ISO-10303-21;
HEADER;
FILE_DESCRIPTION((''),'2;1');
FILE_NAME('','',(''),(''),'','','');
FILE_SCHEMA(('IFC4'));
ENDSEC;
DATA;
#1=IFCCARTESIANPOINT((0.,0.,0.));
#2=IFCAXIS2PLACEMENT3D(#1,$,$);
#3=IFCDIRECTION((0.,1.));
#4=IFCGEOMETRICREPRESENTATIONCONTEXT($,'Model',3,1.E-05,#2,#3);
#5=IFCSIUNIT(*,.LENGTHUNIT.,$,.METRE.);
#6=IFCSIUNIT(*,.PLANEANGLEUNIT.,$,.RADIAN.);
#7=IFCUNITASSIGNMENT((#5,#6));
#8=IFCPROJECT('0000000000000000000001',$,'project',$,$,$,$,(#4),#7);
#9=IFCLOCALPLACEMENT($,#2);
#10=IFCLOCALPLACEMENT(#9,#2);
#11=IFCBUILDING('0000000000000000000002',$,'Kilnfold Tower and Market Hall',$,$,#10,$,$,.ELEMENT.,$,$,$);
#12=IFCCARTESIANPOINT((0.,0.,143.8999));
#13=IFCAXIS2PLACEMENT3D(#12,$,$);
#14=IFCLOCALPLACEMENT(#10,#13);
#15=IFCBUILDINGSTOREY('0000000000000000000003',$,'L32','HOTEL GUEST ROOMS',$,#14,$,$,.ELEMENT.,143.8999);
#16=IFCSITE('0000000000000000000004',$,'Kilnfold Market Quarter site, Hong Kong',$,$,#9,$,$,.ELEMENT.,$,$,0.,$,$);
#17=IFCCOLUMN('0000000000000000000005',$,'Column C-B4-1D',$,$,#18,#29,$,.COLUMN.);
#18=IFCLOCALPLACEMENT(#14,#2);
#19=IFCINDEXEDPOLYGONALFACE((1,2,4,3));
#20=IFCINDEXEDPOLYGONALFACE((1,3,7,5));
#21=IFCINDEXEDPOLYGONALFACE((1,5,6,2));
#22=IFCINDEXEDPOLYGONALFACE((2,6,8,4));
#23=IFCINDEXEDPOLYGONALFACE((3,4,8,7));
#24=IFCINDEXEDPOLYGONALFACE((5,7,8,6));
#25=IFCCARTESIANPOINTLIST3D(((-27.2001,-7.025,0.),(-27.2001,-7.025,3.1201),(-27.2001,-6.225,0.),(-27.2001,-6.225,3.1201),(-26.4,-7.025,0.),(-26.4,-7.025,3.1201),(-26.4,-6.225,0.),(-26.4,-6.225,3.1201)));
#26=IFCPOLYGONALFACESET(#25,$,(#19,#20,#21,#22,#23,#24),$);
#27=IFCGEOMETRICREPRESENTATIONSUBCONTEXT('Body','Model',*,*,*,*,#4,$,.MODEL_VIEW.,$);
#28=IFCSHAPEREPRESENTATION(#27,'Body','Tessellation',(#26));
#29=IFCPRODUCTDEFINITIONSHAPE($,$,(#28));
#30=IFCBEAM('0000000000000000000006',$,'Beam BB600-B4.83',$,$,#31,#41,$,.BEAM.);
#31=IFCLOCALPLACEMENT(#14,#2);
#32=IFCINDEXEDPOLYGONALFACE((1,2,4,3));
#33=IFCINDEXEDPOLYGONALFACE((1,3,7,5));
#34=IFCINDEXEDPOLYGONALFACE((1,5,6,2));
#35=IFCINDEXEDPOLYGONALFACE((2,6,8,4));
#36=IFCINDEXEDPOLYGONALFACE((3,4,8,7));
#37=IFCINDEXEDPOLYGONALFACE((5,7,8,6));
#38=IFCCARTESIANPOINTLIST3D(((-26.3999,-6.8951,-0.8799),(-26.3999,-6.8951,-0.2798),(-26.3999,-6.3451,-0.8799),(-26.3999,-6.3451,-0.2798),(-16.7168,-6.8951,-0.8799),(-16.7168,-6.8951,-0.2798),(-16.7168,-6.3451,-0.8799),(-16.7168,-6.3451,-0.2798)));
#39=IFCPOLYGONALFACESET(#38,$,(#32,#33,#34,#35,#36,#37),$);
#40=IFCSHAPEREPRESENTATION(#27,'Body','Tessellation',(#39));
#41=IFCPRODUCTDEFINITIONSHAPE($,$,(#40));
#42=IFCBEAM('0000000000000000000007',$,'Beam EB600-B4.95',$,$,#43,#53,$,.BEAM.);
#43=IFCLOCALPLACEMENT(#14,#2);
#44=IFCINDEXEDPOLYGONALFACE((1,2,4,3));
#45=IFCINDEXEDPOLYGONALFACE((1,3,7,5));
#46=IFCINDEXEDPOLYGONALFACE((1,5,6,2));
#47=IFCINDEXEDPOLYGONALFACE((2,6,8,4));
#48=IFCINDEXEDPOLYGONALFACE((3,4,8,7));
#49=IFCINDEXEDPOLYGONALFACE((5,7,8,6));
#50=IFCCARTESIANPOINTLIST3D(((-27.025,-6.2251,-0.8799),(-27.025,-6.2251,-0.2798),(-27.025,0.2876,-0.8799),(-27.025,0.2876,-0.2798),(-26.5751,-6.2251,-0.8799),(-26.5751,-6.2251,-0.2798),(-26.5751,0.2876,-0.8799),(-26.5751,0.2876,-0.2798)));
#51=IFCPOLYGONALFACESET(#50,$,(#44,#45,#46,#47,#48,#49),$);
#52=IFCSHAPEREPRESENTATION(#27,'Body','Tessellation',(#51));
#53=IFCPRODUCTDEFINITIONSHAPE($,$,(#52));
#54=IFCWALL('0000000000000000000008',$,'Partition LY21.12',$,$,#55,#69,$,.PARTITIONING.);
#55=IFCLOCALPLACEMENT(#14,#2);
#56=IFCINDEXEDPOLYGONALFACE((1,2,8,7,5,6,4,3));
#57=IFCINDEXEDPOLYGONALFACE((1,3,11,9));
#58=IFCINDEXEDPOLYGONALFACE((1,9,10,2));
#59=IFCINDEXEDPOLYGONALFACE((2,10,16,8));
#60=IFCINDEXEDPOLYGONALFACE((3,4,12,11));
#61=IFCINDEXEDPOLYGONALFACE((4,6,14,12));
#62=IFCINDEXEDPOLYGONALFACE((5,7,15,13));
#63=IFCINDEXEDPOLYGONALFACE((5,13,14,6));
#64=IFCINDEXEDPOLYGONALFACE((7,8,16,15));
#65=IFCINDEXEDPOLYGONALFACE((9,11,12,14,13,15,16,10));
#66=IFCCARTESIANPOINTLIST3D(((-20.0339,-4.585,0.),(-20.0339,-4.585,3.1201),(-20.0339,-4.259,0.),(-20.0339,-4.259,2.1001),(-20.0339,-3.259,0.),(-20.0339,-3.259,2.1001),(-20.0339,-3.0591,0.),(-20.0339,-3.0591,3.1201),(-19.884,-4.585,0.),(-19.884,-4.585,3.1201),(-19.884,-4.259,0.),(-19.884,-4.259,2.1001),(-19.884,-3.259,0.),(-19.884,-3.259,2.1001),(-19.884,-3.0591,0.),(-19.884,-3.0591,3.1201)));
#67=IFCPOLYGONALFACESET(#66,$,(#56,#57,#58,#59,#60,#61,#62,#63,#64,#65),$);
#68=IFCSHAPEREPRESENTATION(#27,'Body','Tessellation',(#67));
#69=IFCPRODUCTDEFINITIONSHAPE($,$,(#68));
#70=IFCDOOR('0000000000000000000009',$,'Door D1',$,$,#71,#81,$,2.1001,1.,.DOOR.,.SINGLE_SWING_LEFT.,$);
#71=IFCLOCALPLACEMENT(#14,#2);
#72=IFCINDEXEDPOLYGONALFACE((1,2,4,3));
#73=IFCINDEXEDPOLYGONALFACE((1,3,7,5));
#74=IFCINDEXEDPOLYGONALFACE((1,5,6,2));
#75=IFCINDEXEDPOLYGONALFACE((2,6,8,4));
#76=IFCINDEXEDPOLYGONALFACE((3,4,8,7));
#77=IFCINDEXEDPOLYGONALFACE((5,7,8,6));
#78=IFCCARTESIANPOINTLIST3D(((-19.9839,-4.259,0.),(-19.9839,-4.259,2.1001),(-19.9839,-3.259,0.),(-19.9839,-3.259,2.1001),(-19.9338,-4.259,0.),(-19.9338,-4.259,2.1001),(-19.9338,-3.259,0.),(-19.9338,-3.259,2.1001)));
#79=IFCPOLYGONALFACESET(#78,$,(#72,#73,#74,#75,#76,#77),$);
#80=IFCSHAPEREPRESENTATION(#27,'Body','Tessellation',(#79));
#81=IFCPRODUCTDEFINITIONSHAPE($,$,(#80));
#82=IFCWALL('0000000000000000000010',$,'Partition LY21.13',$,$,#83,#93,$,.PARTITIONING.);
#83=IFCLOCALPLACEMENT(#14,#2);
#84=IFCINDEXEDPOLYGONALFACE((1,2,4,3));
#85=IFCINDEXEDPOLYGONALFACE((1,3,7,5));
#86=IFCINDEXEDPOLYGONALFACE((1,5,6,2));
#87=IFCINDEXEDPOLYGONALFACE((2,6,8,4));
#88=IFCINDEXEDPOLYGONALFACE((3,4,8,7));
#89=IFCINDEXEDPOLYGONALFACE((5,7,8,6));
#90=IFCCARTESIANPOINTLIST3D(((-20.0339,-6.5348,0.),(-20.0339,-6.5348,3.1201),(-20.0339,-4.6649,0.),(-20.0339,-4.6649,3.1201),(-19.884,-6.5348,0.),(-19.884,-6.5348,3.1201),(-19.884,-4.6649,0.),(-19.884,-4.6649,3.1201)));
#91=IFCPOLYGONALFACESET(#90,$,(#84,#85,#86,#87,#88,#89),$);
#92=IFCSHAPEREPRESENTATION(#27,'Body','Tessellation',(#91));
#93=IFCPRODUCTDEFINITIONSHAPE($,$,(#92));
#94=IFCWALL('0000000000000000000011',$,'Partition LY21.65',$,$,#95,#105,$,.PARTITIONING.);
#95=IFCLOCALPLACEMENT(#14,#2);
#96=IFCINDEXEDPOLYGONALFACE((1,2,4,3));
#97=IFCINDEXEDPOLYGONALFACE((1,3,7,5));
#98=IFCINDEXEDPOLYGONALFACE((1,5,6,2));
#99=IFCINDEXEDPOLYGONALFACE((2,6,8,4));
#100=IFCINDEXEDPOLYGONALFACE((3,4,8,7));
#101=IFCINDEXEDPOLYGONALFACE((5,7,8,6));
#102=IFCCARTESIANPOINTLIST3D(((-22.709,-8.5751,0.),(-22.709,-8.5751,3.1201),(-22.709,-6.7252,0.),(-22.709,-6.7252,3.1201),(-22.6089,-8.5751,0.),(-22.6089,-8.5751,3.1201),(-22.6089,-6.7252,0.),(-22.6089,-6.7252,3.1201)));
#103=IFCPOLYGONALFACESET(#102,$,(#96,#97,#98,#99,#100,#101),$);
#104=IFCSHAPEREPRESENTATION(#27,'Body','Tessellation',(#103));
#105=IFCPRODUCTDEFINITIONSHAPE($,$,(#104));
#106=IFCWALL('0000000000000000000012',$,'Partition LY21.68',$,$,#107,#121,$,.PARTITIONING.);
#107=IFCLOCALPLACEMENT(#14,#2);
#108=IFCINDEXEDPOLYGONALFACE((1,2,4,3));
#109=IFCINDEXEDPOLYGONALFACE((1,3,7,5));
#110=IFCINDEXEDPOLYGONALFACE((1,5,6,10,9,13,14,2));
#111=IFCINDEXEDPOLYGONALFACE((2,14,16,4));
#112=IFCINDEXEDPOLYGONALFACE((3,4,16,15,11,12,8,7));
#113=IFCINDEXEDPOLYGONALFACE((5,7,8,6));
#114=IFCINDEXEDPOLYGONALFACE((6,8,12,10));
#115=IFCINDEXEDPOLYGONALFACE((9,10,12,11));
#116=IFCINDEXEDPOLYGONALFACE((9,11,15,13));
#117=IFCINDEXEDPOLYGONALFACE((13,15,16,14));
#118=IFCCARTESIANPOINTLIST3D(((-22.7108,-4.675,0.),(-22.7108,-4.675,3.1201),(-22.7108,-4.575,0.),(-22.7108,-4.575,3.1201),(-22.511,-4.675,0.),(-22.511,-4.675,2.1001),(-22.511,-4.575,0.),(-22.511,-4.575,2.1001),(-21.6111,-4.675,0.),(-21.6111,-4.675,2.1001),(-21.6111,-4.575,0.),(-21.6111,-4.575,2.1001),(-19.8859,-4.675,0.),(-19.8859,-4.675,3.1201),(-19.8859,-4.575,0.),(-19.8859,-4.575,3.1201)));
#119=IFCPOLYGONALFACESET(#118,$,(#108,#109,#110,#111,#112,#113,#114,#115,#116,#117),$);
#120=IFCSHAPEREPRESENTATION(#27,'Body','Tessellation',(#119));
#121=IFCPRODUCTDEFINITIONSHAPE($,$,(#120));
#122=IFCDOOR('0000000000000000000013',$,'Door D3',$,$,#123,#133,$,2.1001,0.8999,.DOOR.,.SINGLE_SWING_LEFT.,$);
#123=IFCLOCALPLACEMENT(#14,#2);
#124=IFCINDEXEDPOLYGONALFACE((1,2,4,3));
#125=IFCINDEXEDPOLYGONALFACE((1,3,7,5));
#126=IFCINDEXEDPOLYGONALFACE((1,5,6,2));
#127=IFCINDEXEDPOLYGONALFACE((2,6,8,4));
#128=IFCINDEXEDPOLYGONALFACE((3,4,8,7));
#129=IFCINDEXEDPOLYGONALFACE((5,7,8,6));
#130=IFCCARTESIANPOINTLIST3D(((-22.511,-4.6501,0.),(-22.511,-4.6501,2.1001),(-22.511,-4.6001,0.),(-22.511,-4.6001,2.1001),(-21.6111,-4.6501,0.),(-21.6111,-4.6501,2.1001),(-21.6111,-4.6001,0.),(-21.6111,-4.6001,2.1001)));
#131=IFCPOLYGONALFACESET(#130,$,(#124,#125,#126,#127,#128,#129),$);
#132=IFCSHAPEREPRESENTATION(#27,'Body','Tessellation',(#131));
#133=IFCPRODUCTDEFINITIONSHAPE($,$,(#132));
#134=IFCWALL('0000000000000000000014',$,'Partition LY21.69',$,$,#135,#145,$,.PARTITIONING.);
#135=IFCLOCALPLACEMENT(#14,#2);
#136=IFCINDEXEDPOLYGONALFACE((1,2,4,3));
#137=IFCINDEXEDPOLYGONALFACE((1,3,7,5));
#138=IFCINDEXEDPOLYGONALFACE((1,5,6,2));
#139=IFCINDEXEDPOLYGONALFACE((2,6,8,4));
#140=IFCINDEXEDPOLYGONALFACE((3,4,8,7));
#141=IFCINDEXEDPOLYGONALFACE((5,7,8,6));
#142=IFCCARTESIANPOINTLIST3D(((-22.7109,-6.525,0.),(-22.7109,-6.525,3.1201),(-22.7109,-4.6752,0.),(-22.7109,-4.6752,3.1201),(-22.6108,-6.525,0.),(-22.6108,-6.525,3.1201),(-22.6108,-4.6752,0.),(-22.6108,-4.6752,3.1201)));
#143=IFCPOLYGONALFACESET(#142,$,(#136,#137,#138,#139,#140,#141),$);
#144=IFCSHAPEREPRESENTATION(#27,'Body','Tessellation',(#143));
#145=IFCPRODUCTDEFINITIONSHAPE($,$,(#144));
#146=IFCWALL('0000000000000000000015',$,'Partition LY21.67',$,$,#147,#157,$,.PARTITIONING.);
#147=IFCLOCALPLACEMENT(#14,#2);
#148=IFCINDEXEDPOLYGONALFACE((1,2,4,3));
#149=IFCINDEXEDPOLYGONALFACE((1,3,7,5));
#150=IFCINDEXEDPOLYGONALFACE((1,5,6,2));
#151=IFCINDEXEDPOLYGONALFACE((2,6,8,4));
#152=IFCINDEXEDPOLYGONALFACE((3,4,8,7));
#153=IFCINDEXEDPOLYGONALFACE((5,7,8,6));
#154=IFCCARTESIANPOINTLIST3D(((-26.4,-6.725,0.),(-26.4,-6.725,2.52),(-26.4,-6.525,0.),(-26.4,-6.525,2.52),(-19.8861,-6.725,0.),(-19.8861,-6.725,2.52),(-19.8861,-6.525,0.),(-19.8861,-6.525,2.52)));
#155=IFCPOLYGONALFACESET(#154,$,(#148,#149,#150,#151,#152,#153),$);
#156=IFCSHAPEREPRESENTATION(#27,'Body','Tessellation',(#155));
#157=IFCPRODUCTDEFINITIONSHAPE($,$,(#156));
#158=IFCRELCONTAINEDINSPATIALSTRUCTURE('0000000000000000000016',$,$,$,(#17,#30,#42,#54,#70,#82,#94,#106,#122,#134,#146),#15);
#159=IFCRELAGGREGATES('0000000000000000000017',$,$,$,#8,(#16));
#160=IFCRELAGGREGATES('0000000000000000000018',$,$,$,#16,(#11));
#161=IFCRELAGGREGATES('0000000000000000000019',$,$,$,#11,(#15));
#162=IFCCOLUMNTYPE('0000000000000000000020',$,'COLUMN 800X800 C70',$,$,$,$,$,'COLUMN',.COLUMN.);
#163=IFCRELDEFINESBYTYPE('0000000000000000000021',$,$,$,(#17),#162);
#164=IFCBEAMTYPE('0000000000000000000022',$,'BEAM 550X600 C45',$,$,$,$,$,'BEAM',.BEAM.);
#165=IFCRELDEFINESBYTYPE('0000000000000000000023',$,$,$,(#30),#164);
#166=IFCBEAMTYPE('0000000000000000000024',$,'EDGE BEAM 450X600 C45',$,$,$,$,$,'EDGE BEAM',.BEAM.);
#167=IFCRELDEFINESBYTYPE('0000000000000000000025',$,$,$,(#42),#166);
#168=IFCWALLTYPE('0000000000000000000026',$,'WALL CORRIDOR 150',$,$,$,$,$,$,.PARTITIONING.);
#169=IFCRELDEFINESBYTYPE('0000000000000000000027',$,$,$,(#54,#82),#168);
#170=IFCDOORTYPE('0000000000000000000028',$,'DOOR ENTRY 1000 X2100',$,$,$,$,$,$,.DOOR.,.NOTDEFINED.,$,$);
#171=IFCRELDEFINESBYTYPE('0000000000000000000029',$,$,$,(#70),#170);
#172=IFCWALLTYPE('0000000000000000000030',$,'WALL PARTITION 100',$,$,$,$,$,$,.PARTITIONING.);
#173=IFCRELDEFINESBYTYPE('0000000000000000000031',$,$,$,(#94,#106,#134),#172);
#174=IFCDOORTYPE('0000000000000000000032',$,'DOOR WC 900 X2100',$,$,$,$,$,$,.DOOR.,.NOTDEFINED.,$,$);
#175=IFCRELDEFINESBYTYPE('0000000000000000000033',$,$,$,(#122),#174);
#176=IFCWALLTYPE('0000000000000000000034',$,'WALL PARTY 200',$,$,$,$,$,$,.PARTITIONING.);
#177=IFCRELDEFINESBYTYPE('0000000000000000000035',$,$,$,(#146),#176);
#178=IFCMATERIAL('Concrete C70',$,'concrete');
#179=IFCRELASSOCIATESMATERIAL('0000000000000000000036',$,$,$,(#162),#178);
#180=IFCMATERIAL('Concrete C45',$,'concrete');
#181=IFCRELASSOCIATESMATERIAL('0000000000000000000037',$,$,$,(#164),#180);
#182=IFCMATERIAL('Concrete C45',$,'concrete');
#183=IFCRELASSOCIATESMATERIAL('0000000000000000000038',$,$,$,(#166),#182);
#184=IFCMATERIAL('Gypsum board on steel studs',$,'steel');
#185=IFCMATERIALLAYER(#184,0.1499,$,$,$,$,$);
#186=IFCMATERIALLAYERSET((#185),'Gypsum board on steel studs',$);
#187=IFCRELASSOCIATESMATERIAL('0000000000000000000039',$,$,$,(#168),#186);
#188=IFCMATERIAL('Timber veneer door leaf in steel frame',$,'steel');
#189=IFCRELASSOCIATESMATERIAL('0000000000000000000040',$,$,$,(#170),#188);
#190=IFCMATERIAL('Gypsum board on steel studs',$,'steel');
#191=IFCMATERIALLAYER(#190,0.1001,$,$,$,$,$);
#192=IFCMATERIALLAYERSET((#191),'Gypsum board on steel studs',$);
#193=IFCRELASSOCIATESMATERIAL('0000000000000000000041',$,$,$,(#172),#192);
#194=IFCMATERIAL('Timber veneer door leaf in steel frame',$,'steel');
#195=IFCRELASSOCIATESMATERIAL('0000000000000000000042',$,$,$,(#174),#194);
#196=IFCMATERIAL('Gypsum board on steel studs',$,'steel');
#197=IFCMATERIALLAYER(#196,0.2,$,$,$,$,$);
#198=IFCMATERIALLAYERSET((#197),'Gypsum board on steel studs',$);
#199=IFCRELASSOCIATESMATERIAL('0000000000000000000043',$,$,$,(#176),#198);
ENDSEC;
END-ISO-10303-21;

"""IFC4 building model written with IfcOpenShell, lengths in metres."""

from ifc_helpers import new_model, si_unit, direction, frame, frame_2d, origin, origin_2d, place, context, subcontext, project, spatial, rectangle, extrude, source, transform, mapped, material, layer, layer_set, material_profile, profile_set, type_object, element, fill, save


model = new_model("IFC4")

# Units and contexts
model_context = context("Model", 3, precision=1e-05, world=origin(), true_north=direction((0.0, 1.0)))
body_context = subcontext(model_context, "Body", "Model", "MODEL_VIEW")
ifc_project = project(units=[si_unit("LENGTHUNIT", "METRE"), si_unit("PLANEANGLEUNIT", "RADIAN")], contexts=[model_context])

# Site, building, storey
site_placement = place(None, origin())
site = spatial("IfcSite", under=ifc_project, at=site_placement, Name="Kilnfold Market Quarter site, Hong Kong", CompositionType="ELEMENT", RefElevation=0.0)
building_placement = place(site_placement, origin())
building = spatial("IfcBuilding", under=site, at=building_placement, Name="Kilnfold Tower and Market Hall", CompositionType="ELEMENT")
storey_placement = place(building_placement, frame((0.0, 0.0, 143.8999)))
storey = spatial("IfcBuildingStorey", under=building, at=storey_placement, Name="L32", Description="HOTEL GUEST ROOMS", CompositionType="ELEMENT", Elevation=143.8999)

# Column
ifc_material_1 = material(Name="Concrete C70", Category="concrete")
ifc_material_profile_1 = material_profile(ifc_material_1, rectangle(XDim=0.8, YDim=0.8, at=origin_2d()), Name="RC 800x800")
ifc_profile_set_1 = profile_set([ifc_material_profile_1], Name="Concrete C70")
column_type = type_object("IfcColumnType", Name="COLUMN 800X800 C70", ElementType="COLUMN", PredefinedType="COLUMN", material=ifc_profile_set_1)
shared_shape_1 = source(origin(), body_context, "Body", "SweptSolid", [
    extrude(rectangle(XDim=0.8, YDim=0.8, at=origin_2d()), origin(), (0.0, 0.0, 1.0), 3.1201),
])
column_placement = place(storey_placement, frame((-26.8, -6.625, 0.0), z_axis=(0.0, 0.0, 1.0), x_axis=(1.0, 0.0, 0.0)))
element("IfcColumn", 1, at=column_placement, inside=storey, type_object=column_type, Name="Column C-B4-1D", PredefinedType="COLUMN", context=body_context, shape_type="MappedRepresentation", body=[
    mapped(shared_shape_1, transform((0.0, 0.0, 0.0))),
])

# Beams
ifc_material_2 = material(Name="Concrete C45", Category="concrete")
ifc_material_profile_2 = material_profile(ifc_material_2, rectangle(XDim=0.55, YDim=0.6001, at=origin_2d()), Name="RC 550x600")
ifc_profile_set_2 = profile_set([ifc_material_profile_2], Name="Concrete C45")
beam_type_1 = type_object("IfcBeamType", Name="BEAM 550X600 C45", ElementType="BEAM", PredefinedType="BEAM", material=ifc_profile_set_2)
shared_shape_2 = source(origin(), body_context, "Body", "SweptSolid", [
    extrude(rectangle(XDim=0.55, YDim=0.6001, at=origin_2d()), origin(), (0.0, 0.0, 1.0), 9.6831),
])
beam_1_placement = place(storey_placement, frame((-26.3999, -6.6201, -0.5798), z_axis=(1.0, 0.0, 0.0), x_axis=(0.0, 1.0, 0.0)))
element("IfcBeam", 2, at=beam_1_placement, inside=storey, type_object=beam_type_1, Name="Beam BB600-B4.83", PredefinedType="BEAM", context=body_context, shape_type="MappedRepresentation", body=[
    mapped(shared_shape_2, transform((0.0, 0.0, 0.0))),
])
ifc_material_3 = material(Name="Concrete C45", Category="concrete")
ifc_material_profile_3 = material_profile(ifc_material_3, rectangle(XDim=0.45, YDim=0.6001, at=origin_2d()), Name="RC 450x600")
ifc_profile_set_3 = profile_set([ifc_material_profile_3], Name="Concrete C45")
beam_type_2 = type_object("IfcBeamType", Name="EDGE BEAM 450X600 C45", ElementType="EDGE BEAM", PredefinedType="BEAM", material=ifc_profile_set_3)
shared_shape_3 = source(origin(), body_context, "Body", "SweptSolid", [
    extrude(rectangle(XDim=0.45, YDim=0.6001, at=origin_2d()), origin(), (0.0, 0.0, 1.0), 6.5127),
])
beam_2_placement = place(storey_placement, frame((-26.8, -6.2251, -0.5798), z_axis=(0.0, 1.0, 0.0), x_axis=(-1.0, 0.0, 0.0)))
element("IfcBeam", 3, at=beam_2_placement, inside=storey, type_object=beam_type_2, Name="Beam EB600-B4.95", PredefinedType="BEAM", context=body_context, shape_type="MappedRepresentation", body=[
    mapped(shared_shape_3, transform((0.0, 0.0, 0.0))),
])

# Shared definitions
ifc_material_4 = material(Name="Gypsum board on steel studs", Category="steel")
ifc_layer_1 = layer(ifc_material_4, 0.1499)
ifc_layer_set_1 = layer_set([ifc_layer_1], Name="Gypsum board on steel studs")
wall_type_1 = type_object("IfcWallType", Name="WALL CORRIDOR 150", PredefinedType="PARTITIONING", material=ifc_layer_set_1)

# Wall, opening, door
wall_1_placement = place(storey_placement, frame((-19.959, -4.585, 0.0), z_axis=(0.0, 0.0, 1.0), x_axis=(0.0, 1.0, 0.0)))
wall_1 = element("IfcWall", 4, at=wall_1_placement, inside=storey, type_object=wall_type_1, Name="Partition LY21.12", PredefinedType="PARTITIONING", context=body_context, shape_type="SweptSolid", body=[
    extrude(rectangle(XDim=1.5259, YDim=0.1499, at=frame_2d((0.7629, 0.0))), origin(), (0.0, 0.0, 1.0), 3.1201),
])
opening_1_placement = place(wall_1_placement, frame((0.3259, 0.0, 0.0)))
opening_1 = element("IfcOpeningElement", 5, at=opening_1_placement, cuts=wall_1, PredefinedType="OPENING", context=body_context, shape_type="SweptSolid", body=[
    extrude(rectangle(XDim=1.0, YDim=2.1001, at=frame_2d((0.5, 1.05))), frame((0.0, 0.085, 0.0), z_axis=(0.0, -1.0, 0.0), x_axis=(1.0, 0.0, 0.0)), (0.0, 0.0, 1.0), 0.1699),
])
ifc_material_5 = material(Name="Timber veneer door leaf in steel frame", Category="steel")
door_type_1 = type_object("IfcDoorType", Name="DOOR ENTRY 1000 X2100", OperationType="NOTDEFINED", PredefinedType="DOOR", material=ifc_material_5)
door_1_placement = place(opening_1_placement, origin())
door_1 = element("IfcDoor", 6, at=door_1_placement, inside=storey, type_object=door_type_1, Name="Door D1", OperationType="SINGLE_SWING_LEFT", OverallHeight=2.1001, OverallWidth=1.0, PredefinedType="DOOR", context=body_context, shape_type="SweptSolid", body=[
    extrude(rectangle(XDim=1.0, YDim=2.1001, at=frame_2d((0.5, 1.05))), frame((0.0, 0.0249, 0.0), z_axis=(0.0, -1.0, 0.0), x_axis=(1.0, 0.0, 0.0)), (0.0, 0.0, 1.0), 0.05),
])
fill(opening_1, door_1)

# Walls
wall_2_placement = place(storey_placement, frame((-19.959, -6.5349, 0.0), z_axis=(0.0, 0.0, 1.0), x_axis=(0.0, 1.0, 0.0)))
element("IfcWall", 7, at=wall_2_placement, inside=storey, type_object=wall_type_1, Name="Partition LY21.13", PredefinedType="PARTITIONING", context=body_context, shape_type="SweptSolid", body=[
    extrude(rectangle(XDim=1.8699, YDim=0.1499, at=frame_2d((0.9351, 0.0))), origin(), (0.0, 0.0, 1.0), 3.1201),
])
ifc_material_6 = material(Name="Gypsum board on steel studs", Category="steel")
ifc_layer_2 = layer(ifc_material_6, 0.1001)
ifc_layer_set_2 = layer_set([ifc_layer_2], Name="Gypsum board on steel studs")
wall_type_2 = type_object("IfcWallType", Name="WALL PARTITION 100", PredefinedType="PARTITIONING", material=ifc_layer_set_2)
wall_3_placement = place(storey_placement, frame((-22.6589, -8.575, 0.0), z_axis=(0.0, 0.0, 1.0), x_axis=(0.0, 1.0, 0.0)))
element("IfcWall", 8, at=wall_3_placement, inside=storey, type_object=wall_type_2, Name="Partition LY21.65", PredefinedType="PARTITIONING", context=body_context, shape_type="SweptSolid", body=[
    extrude(rectangle(XDim=1.8499, YDim=0.1001, at=frame_2d((0.9248, 0.0))), origin(), (0.0, 0.0, 1.0), 3.1201),
])

# Wall, opening, door
wall_4_placement = place(storey_placement, frame((-22.7109, -4.625, 0.0), z_axis=(0.0, 0.0, 1.0), x_axis=(1.0, 0.0, 0.0)))
wall_4 = element("IfcWall", 9, at=wall_4_placement, inside=storey, type_object=wall_type_2, Name="Partition LY21.68", PredefinedType="PARTITIONING", context=body_context, shape_type="SweptSolid", body=[
    extrude(rectangle(XDim=2.825, YDim=0.1001, at=frame_2d((1.4126, 0.0))), origin(), (0.0, 0.0, 1.0), 3.1201),
])
opening_2_placement = place(wall_4_placement, frame((0.2, 0.0, 0.0)))
opening_2 = element("IfcOpeningElement", 10, at=opening_2_placement, cuts=wall_4, PredefinedType="OPENING", context=body_context, shape_type="SweptSolid", body=[
    extrude(rectangle(XDim=0.8999, YDim=2.1001, at=frame_2d((0.45, 1.05))), frame((0.0, 0.0601, 0.0), z_axis=(0.0, -1.0, 0.0), x_axis=(1.0, 0.0, 0.0)), (0.0, 0.0, 1.0), 0.1201),
])
ifc_material_7 = material(Name="Timber veneer door leaf in steel frame", Category="steel")
door_type_2 = type_object("IfcDoorType", Name="DOOR WC 900 X2100", OperationType="NOTDEFINED", PredefinedType="DOOR", material=ifc_material_7)
door_2_placement = place(opening_2_placement, origin())
door_2 = element("IfcDoor", 11, at=door_2_placement, inside=storey, type_object=door_type_2, Name="Door D3", OperationType="SINGLE_SWING_LEFT", OverallHeight=2.1001, OverallWidth=0.8999, PredefinedType="DOOR", context=body_context, shape_type="SweptSolid", body=[
    extrude(rectangle(XDim=0.8999, YDim=2.1001, at=frame_2d((0.45, 1.05))), frame((0.0, 0.0249, 0.0), z_axis=(0.0, -1.0, 0.0), x_axis=(1.0, 0.0, 0.0)), (0.0, 0.0, 1.0), 0.05),
])
fill(opening_2, door_2)

# Walls
wall_5_placement = place(storey_placement, frame((-22.6609, -6.5249, 0.0), z_axis=(0.0, 0.0, 1.0), x_axis=(0.0, 1.0, 0.0)))
element("IfcWall", 12, at=wall_5_placement, inside=storey, type_object=wall_type_2, Name="Partition LY21.69", PredefinedType="PARTITIONING", context=body_context, shape_type="SweptSolid", body=[
    extrude(rectangle(XDim=1.8499, YDim=0.1001, at=frame_2d((0.9248, 0.0))), origin(), (0.0, 0.0, 1.0), 3.1201),
])
ifc_material_8 = material(Name="Gypsum board on steel studs", Category="steel")
ifc_layer_3 = layer(ifc_material_8, 0.2)
ifc_layer_set_3 = layer_set([ifc_layer_3], Name="Gypsum board on steel studs")
wall_type_3 = type_object("IfcWallType", Name="WALL PARTY 200", PredefinedType="PARTITIONING", material=ifc_layer_set_3)
wall_6_placement = place(storey_placement, frame((-26.3999, -6.625, 0.0), z_axis=(0.0, 0.0, 1.0), x_axis=(1.0, 0.0, 0.0)))
element("IfcWall", 13, at=wall_6_placement, inside=storey, type_object=wall_type_3, Name="Partition LY21.67", PredefinedType="PARTITIONING", context=body_context, shape_type="SweptSolid", body=[
    extrude(rectangle(XDim=6.5139, YDim=0.2, at=frame_2d((3.2568, 0.0))), origin(), (0.0, 0.0, 1.0), 2.52),
])

save(model, "model.ifc")
